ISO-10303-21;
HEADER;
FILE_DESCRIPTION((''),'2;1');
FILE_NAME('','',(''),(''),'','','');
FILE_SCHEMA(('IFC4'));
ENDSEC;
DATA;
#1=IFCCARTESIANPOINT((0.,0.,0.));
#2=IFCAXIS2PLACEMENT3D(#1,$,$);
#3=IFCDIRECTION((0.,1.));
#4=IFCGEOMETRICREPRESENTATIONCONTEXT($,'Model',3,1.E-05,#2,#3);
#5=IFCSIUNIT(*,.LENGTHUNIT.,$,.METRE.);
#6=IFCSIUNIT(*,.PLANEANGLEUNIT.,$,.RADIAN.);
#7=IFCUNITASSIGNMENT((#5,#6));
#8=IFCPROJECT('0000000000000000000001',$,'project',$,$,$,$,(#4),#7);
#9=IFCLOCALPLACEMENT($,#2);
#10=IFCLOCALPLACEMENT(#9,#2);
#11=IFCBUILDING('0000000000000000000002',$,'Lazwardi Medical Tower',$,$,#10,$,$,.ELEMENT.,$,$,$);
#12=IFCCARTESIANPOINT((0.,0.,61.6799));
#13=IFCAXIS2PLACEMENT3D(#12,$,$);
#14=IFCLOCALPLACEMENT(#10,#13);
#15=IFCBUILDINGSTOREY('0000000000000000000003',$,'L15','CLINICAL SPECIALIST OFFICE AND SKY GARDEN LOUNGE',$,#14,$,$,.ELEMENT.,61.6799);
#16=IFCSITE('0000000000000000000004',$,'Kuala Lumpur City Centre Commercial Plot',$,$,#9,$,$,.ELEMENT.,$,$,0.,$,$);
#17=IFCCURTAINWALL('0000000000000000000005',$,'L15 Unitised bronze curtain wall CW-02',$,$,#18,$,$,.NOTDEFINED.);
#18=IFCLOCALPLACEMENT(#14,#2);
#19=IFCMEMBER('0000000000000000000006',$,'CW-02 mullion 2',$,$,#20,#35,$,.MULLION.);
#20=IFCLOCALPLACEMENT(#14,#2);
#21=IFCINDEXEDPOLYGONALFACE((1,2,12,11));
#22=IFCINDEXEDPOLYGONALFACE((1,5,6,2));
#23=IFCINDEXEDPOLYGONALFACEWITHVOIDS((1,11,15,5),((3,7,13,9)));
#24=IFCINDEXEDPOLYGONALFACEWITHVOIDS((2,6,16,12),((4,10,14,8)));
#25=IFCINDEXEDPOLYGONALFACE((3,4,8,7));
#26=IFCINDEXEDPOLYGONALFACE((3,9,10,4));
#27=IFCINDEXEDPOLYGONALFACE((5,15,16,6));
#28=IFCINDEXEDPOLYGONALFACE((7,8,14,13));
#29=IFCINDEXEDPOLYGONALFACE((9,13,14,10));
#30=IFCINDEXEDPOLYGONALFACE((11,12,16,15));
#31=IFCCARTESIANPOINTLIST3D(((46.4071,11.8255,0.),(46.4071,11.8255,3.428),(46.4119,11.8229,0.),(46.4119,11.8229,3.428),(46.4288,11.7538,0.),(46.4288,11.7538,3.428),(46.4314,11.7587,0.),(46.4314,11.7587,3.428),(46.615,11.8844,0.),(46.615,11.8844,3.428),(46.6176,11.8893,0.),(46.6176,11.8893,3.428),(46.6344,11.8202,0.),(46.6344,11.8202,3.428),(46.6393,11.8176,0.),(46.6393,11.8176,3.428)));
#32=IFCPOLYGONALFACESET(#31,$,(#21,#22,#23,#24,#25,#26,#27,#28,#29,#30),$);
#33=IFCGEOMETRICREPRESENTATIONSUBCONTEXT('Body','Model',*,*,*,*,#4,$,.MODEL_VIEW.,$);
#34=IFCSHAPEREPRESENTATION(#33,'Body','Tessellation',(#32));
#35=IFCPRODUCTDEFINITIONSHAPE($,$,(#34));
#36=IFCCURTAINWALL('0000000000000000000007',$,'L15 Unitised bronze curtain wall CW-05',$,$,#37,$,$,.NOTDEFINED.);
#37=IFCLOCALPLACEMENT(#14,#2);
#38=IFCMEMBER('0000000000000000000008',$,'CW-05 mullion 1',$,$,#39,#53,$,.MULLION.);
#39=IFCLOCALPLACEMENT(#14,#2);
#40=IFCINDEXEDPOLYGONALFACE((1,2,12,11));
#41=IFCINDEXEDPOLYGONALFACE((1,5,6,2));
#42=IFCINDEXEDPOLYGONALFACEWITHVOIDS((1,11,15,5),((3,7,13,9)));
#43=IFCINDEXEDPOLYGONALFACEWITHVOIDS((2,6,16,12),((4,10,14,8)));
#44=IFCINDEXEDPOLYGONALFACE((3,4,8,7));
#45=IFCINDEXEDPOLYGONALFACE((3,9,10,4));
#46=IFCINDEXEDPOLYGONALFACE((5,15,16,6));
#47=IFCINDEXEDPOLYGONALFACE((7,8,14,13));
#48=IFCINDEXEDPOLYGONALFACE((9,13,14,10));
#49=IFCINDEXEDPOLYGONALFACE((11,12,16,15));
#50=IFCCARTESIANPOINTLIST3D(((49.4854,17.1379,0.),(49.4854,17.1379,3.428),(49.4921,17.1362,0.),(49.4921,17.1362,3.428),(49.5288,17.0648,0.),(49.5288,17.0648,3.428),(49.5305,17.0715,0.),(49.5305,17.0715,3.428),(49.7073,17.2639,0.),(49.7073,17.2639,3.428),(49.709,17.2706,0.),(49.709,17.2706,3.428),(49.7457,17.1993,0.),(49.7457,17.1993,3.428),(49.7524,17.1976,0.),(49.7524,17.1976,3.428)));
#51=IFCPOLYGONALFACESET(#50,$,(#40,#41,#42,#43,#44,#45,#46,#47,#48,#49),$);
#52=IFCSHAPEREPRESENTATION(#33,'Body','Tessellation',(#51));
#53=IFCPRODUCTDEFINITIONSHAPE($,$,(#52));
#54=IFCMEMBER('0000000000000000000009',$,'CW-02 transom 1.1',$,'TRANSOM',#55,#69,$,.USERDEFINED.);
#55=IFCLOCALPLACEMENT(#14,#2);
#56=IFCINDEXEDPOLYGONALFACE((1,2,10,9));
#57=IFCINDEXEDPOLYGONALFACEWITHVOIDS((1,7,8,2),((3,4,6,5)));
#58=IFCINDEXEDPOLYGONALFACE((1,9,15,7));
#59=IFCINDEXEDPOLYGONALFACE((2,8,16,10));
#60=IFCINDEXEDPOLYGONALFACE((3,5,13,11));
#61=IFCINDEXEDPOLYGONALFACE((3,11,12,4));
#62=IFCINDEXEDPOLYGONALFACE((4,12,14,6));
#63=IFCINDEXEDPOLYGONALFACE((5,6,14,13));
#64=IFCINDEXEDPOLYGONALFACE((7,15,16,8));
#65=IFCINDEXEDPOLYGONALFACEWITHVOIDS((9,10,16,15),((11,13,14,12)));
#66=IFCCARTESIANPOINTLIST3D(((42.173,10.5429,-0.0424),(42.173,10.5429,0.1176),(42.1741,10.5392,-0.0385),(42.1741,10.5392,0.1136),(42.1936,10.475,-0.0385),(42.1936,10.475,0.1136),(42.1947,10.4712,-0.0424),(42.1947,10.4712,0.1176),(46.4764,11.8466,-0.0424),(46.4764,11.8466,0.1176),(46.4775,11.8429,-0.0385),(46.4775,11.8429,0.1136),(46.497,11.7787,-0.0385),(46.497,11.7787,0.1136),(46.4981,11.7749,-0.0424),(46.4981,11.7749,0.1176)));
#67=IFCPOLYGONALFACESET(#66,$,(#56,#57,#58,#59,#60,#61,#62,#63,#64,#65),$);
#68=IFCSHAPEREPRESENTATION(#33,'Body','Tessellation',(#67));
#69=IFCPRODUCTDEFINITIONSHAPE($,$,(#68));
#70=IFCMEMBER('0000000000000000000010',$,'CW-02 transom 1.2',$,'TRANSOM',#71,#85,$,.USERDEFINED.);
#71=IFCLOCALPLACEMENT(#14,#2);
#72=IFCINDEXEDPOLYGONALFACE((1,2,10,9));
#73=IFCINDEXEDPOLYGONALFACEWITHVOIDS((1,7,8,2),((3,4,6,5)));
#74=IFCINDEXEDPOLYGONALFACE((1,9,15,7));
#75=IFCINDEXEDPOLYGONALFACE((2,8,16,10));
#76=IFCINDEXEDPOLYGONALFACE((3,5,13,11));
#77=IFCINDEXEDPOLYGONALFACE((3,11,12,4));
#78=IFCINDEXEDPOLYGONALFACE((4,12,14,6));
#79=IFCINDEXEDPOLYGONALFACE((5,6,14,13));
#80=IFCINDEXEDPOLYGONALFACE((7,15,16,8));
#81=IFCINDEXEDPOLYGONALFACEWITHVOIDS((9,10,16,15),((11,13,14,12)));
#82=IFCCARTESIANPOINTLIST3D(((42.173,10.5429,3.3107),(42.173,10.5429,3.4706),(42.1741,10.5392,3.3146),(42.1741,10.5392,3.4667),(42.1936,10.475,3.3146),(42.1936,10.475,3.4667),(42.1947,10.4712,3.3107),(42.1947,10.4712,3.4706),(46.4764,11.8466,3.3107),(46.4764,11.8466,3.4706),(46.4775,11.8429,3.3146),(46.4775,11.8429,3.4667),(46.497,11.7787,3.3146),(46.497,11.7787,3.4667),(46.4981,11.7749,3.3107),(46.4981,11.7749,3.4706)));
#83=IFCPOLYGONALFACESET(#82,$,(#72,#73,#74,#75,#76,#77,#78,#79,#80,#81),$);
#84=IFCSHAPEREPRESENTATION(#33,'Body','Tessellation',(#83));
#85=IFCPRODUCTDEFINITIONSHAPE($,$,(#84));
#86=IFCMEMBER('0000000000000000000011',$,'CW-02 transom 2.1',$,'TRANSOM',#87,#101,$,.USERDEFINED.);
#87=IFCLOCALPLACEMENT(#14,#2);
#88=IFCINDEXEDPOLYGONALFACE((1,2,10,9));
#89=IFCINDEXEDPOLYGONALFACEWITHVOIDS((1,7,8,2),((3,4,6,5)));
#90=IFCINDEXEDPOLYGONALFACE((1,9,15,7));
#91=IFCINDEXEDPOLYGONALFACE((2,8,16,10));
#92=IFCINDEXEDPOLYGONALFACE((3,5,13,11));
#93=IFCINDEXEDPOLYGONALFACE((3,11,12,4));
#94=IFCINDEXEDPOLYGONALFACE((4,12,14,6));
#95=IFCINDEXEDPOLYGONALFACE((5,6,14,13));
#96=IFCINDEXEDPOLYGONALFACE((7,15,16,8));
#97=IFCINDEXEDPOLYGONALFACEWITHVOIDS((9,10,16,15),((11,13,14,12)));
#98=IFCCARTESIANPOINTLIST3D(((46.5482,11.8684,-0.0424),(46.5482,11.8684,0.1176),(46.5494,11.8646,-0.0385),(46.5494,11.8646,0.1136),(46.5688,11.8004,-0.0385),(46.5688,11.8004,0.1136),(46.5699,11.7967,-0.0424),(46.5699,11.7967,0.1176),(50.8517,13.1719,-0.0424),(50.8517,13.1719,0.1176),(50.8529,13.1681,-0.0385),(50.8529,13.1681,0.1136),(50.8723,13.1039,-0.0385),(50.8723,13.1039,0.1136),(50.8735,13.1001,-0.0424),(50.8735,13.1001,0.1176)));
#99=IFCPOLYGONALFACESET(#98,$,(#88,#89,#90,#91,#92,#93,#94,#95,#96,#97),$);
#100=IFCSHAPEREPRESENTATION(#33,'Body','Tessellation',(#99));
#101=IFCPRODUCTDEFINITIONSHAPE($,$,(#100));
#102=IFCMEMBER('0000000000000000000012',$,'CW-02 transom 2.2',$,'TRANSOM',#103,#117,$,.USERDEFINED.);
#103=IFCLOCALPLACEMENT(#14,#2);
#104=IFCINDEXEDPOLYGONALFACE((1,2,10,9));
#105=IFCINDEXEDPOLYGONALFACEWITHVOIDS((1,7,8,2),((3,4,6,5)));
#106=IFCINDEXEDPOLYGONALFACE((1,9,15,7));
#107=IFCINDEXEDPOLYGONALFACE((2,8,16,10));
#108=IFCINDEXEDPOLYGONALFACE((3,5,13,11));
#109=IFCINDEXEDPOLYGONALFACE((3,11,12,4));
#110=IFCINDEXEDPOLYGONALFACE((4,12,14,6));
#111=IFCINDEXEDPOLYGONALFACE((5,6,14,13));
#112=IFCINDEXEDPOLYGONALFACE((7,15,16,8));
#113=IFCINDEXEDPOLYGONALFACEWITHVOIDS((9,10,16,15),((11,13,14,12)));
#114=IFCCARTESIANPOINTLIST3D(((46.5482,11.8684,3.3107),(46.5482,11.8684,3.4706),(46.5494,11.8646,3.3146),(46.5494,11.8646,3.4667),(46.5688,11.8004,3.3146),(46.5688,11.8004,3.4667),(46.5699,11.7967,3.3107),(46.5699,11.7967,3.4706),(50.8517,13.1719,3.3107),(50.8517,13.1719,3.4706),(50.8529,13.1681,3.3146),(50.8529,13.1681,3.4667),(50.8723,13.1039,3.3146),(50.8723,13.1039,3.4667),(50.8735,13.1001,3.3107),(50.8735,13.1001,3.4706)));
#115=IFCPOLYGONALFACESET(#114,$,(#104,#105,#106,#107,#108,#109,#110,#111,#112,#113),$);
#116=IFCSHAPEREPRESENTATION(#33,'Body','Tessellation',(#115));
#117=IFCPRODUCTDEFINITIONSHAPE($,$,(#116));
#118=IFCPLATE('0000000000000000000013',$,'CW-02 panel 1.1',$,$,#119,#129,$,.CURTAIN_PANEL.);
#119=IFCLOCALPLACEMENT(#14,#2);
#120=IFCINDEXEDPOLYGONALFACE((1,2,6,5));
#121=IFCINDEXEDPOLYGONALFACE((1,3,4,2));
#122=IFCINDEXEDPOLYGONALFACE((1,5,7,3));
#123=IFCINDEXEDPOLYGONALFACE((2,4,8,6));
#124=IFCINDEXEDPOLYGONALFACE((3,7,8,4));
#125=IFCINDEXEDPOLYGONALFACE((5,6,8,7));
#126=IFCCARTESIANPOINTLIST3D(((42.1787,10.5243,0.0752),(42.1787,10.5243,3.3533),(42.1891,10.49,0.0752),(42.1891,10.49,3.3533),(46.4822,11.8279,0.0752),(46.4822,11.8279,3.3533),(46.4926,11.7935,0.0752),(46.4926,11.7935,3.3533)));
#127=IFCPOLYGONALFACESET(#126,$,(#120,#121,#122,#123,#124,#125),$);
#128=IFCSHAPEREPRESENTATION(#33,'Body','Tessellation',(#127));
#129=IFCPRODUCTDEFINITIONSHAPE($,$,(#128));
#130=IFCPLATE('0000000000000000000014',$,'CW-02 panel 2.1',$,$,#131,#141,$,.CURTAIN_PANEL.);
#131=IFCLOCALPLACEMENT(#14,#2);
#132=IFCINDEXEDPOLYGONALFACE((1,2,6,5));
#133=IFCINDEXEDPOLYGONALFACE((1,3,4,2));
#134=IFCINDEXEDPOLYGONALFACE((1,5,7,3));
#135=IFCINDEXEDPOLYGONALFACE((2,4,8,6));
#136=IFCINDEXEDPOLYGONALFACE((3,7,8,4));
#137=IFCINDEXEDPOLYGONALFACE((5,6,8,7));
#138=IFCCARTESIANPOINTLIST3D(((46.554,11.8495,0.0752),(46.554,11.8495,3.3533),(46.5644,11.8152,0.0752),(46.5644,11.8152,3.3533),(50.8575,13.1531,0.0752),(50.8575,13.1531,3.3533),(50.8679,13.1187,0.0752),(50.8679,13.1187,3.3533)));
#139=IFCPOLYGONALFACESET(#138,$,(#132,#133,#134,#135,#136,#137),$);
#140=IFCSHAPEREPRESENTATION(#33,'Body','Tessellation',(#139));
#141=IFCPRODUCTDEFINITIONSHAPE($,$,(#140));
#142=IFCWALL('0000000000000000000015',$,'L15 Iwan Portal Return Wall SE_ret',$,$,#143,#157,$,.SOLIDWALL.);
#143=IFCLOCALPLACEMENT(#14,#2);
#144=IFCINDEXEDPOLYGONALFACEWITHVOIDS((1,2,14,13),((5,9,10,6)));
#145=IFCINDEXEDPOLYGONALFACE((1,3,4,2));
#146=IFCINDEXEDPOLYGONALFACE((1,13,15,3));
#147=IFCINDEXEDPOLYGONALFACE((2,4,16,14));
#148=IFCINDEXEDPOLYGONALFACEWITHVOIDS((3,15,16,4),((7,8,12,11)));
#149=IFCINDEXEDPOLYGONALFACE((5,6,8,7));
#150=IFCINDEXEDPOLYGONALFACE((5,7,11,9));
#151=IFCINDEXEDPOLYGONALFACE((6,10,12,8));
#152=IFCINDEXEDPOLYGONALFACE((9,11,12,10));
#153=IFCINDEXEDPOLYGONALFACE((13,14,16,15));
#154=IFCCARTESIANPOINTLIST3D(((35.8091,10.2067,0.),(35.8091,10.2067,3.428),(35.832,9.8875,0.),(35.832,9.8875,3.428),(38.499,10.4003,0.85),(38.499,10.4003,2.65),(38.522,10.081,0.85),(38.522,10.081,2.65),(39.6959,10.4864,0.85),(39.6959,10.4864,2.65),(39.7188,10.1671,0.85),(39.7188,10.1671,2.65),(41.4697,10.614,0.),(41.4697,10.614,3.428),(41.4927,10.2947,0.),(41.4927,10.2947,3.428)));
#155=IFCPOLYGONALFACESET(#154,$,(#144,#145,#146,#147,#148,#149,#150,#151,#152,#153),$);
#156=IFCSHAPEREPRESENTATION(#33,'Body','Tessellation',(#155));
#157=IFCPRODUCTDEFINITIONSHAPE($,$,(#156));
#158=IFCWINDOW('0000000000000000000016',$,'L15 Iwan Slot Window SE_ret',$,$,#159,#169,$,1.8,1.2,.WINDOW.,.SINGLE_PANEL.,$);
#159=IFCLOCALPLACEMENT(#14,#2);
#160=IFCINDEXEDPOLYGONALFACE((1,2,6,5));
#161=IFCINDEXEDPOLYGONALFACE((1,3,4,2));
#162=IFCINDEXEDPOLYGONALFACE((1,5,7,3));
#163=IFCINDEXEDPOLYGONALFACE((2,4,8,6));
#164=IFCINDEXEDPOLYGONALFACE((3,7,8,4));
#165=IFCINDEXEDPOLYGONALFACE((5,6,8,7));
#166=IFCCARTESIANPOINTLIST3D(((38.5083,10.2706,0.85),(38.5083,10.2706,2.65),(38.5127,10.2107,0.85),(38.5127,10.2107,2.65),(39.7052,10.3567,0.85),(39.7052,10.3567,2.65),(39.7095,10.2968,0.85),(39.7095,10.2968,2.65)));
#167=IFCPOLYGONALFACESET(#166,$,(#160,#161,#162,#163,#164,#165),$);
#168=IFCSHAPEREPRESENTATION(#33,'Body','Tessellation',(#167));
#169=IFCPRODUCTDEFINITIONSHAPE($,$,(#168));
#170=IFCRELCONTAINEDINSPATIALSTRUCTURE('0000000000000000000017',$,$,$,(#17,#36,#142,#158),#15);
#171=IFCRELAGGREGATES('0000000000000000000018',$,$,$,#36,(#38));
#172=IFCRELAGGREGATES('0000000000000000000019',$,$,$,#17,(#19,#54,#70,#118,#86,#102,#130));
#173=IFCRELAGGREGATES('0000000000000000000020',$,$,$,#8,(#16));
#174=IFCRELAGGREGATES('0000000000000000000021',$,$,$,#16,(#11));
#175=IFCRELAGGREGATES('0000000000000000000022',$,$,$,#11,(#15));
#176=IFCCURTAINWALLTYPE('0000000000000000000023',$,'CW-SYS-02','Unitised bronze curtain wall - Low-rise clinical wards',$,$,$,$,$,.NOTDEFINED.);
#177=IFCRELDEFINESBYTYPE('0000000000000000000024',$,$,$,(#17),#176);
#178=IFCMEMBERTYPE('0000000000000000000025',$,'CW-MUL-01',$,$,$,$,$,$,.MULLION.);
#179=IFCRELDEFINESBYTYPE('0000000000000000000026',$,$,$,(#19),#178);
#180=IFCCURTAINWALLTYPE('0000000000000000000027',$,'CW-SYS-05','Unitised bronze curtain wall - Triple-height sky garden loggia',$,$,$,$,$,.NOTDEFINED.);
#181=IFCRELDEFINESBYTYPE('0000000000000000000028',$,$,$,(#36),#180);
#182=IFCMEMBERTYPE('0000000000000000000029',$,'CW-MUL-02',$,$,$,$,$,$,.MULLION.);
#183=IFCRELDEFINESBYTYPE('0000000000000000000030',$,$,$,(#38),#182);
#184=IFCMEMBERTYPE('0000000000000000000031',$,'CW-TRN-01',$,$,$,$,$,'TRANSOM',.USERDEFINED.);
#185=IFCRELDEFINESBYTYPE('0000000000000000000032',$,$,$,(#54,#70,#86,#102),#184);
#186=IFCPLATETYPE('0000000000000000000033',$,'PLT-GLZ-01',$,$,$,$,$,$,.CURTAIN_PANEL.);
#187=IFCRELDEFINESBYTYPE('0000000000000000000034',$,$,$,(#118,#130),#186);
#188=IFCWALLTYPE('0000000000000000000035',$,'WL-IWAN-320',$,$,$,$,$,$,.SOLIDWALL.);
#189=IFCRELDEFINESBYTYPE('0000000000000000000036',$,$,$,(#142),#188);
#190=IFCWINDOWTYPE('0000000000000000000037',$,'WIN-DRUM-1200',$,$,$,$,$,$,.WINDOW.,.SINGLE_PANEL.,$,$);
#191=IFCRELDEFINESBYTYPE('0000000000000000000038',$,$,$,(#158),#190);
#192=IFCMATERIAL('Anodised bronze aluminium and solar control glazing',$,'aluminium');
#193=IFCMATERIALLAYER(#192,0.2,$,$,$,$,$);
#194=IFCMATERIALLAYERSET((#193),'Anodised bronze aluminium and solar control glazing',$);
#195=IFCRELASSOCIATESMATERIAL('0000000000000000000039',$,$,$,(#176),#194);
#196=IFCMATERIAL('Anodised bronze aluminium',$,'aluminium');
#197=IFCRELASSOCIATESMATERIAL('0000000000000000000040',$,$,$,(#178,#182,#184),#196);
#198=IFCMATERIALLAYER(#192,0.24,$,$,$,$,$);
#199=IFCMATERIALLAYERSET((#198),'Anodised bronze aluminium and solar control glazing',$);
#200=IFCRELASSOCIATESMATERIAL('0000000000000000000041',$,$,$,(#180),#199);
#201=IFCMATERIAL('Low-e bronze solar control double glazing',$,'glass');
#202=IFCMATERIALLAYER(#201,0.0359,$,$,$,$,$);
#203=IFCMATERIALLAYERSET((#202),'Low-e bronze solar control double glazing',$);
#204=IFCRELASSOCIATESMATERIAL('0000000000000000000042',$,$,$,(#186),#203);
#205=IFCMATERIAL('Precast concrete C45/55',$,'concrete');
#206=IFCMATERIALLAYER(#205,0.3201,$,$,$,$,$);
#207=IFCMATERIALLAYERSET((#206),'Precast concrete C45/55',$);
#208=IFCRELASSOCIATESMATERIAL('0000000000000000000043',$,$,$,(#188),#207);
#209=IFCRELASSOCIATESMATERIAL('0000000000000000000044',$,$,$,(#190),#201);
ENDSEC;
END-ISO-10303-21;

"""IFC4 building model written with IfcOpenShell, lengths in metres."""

from ifc_helpers import new_model, si_unit, direction, frame, frame_2d, origin, origin_2d, place, context, subcontext, project, spatial, rectangle, hollow_rectangle, extrude, material, layer, layer_set, material_profile, profile_set, type_object, element, fill, aggregate, save


model = new_model("IFC4")

# Units and contexts
model_context = context("Model", 3, precision=1e-05, world=origin(), true_north=direction((0.0, 1.0)))
body_context = subcontext(model_context, "Body", "Model", "MODEL_VIEW")
ifc_project = project(units=[si_unit("LENGTHUNIT", "METRE"), si_unit("PLANEANGLEUNIT", "RADIAN")], contexts=[model_context])

# Site, building, storey
site_placement = place(None, origin())
site = spatial("IfcSite", under=ifc_project, at=site_placement, Name="Kuala Lumpur City Centre Commercial Plot", CompositionType="ELEMENT", RefElevation=0.0)
building_placement = place(site_placement, origin())
building = spatial("IfcBuilding", under=site, at=building_placement, Name="Lazwardi Medical Tower", CompositionType="ELEMENT")
storey_placement = place(building_placement, frame((0.0, 0.0, 61.6799)))
storey = spatial("IfcBuildingStorey", under=building, at=storey_placement, Name="L15", Description="CLINICAL SPECIALIST OFFICE AND SKY GARDEN LOUNGE", CompositionType="ELEMENT", Elevation=61.6799)

# Curtain wall, member
ifc_material_1 = material(Name="Anodised bronze aluminium and solar control glazing", Category="aluminium")
ifc_layer_1 = layer(ifc_material_1, 0.2)
ifc_layer_set_1 = layer_set([ifc_layer_1], Name="Anodised bronze aluminium and solar control glazing")
curtain_wall_type_1 = type_object("IfcCurtainWallType", Name="CW-SYS-02", Description="Unitised bronze curtain wall - Low-rise clinical wards", PredefinedType="NOTDEFINED", material=ifc_layer_set_1)
curtain_wall_1_placement = place(storey_placement, origin())
curtain_wall_1 = element("IfcCurtainWall", 1, at=curtain_wall_1_placement, inside=storey, type_object=curtain_wall_type_1, Name="L15 Unitised bronze curtain wall CW-02", PredefinedType="NOTDEFINED")
ifc_material_2 = material(Name="Anodised bronze aluminium", Category="aluminium")
ifc_material_profile_1 = material_profile(ifc_material_2, hollow_rectangle(XDim=0.075, YDim=0.22, WallThickness=0.0039, at=origin_2d()), Name="ALU-MULLION 220x75x4")
ifc_profile_set_1 = profile_set([ifc_material_profile_1], Name="Anodised bronze aluminium")
member_type_1 = type_object("IfcMemberType", Name="CW-MUL-01", PredefinedType="MULLION", material=ifc_profile_set_1)
member_1_placement = place(storey_placement, frame((46.5232, 11.8215, 0.0), z_axis=(0.0, 0.0, 1.0), x_axis=(-0.289896, 0.957058, 0.0)))
member_1 = element("IfcMember", 2, at=member_1_placement, type_object=member_type_1, Name="CW-02 mullion 2", PredefinedType="MULLION", context=body_context, shape_type="SweptSolid", body=[
    extrude(hollow_rectangle(XDim=0.075, YDim=0.22, WallThickness=0.0039, at=origin_2d()), origin(), (0.0, 0.0, 1.0), 3.428),
])

# Curtain wall, member
ifc_layer_2 = layer(ifc_material_1, 0.24)
ifc_layer_set_2 = layer_set([ifc_layer_2], Name="Anodised bronze aluminium and solar control glazing")
curtain_wall_type_2 = type_object("IfcCurtainWallType", Name="CW-SYS-05", Description="Unitised bronze curtain wall - Triple-height sky garden loggia", PredefinedType="NOTDEFINED", material=ifc_layer_set_2)
curtain_wall_2_placement = place(storey_placement, origin())
curtain_wall_2 = element("IfcCurtainWall", 3, at=curtain_wall_2_placement, inside=storey, type_object=curtain_wall_type_2, Name="L15 Unitised bronze curtain wall CW-05", PredefinedType="NOTDEFINED")
ifc_material_profile_2 = material_profile(ifc_material_2, hollow_rectangle(XDim=0.085, YDim=0.26, WallThickness=0.0049, at=origin_2d()), Name="ALU-MULLION 260x85x5")
ifc_profile_set_2 = profile_set([ifc_material_profile_2], Name="Anodised bronze aluminium")
member_type_2 = type_object("IfcMemberType", Name="CW-MUL-02", PredefinedType="MULLION", material=ifc_profile_set_2)
member_2_placement = place(storey_placement, frame((49.6189, 17.1677, 0.0), z_axis=(0.0, 0.0, 1.0), x_axis=(-0.51068, 0.859771, 0.0)))
member_2 = element("IfcMember", 4, at=member_2_placement, type_object=member_type_2, Name="CW-05 mullion 1", PredefinedType="MULLION", context=body_context, shape_type="SweptSolid", body=[
    extrude(hollow_rectangle(XDim=0.085, YDim=0.26, WallThickness=0.0049, at=origin_2d()), origin(), (0.0, 0.0, 1.0), 3.428),
])
aggregate(curtain_wall_2, [member_2])

# Members
ifc_material_profile_3 = material_profile(ifc_material_2, hollow_rectangle(XDim=0.075, YDim=0.1599, WallThickness=0.0039, at=origin_2d()), Name="ALU-TRANSOM 160x75x4")
ifc_profile_set_3 = profile_set([ifc_material_profile_3], Name="Anodised bronze aluminium")
member_type_3 = type_object("IfcMemberType", Name="CW-TRN-01", ElementType="TRANSOM", PredefinedType="USERDEFINED", material=ifc_profile_set_3)
member_3_placement = place(storey_placement, frame((42.1838, 10.5071, 0.0376), z_axis=(0.957047, 0.289932, 0.0), x_axis=(-0.289932, 0.957047, 0.0)))
member_3 = element("IfcMember", 5, at=member_3_placement, type_object=member_type_3, Name="CW-02 transom 1.1", ObjectType="TRANSOM", PredefinedType="USERDEFINED", context=body_context, shape_type="SweptSolid", body=[
    extrude(hollow_rectangle(XDim=0.075, YDim=0.1599, WallThickness=0.0039, at=origin_2d()), origin(), (0.0, 0.0, 1.0), 4.4966),
])
member_4_placement = place(storey_placement, frame((42.1838, 10.5071, 3.3906), z_axis=(0.957047, 0.289932, 0.0), x_axis=(-0.289932, 0.957047, 0.0)))
member_4 = element("IfcMember", 6, at=member_4_placement, type_object=member_type_3, Name="CW-02 transom 1.2", ObjectType="TRANSOM", PredefinedType="USERDEFINED", context=body_context, shape_type="SweptSolid", body=[
    extrude(hollow_rectangle(XDim=0.075, YDim=0.1599, WallThickness=0.0039, at=origin_2d()), origin(), (0.0, 0.0, 1.0), 4.4966),
])
member_5_placement = place(storey_placement, frame((46.5591, 11.8325, 0.0376), z_axis=(0.957062, 0.289882, 0.0), x_axis=(-0.289882, 0.957062, 0.0)))
member_5 = element("IfcMember", 7, at=member_5_placement, type_object=member_type_3, Name="CW-02 transom 2.1", ObjectType="TRANSOM", PredefinedType="USERDEFINED", context=body_context, shape_type="SweptSolid", body=[
    extrude(hollow_rectangle(XDim=0.075, YDim=0.1599, WallThickness=0.0039, at=origin_2d()), origin(), (0.0, 0.0, 1.0), 4.4966),
])
member_6_placement = place(storey_placement, frame((46.5591, 11.8325, 3.3906), z_axis=(0.957062, 0.289882, 0.0), x_axis=(-0.289882, 0.957062, 0.0)))
member_6 = element("IfcMember", 8, at=member_6_placement, type_object=member_type_3, Name="CW-02 transom 2.2", ObjectType="TRANSOM", PredefinedType="USERDEFINED", context=body_context, shape_type="SweptSolid", body=[
    extrude(hollow_rectangle(XDim=0.075, YDim=0.1599, WallThickness=0.0039, at=origin_2d()), origin(), (0.0, 0.0, 1.0), 4.4966),
])

# Plates
ifc_material_3 = material(Name="Low-e bronze solar control double glazing", Category="glass")
ifc_layer_3 = layer(ifc_material_3, 0.0359)
ifc_layer_set_3 = layer_set([ifc_layer_3], Name="Low-e bronze solar control double glazing")
plate_type = type_object("IfcPlateType", Name="PLT-GLZ-01", PredefinedType="CURTAIN_PANEL", material=ifc_layer_set_3)
plate_1_placement = place(storey_placement, frame((44.3357, 11.1589, 0.0752), z_axis=(0.0, 0.0, 1.0), x_axis=(0.957058, 0.289896, 0.0)))
plate_1 = element("IfcPlate", 9, at=plate_1_placement, type_object=plate_type, Name="CW-02 panel 1.1", PredefinedType="CURTAIN_PANEL", context=body_context, shape_type="SweptSolid", body=[
    extrude(rectangle(XDim=4.4966, YDim=0.0359, at=origin_2d()), origin(), (0.0, 0.0, 1.0), 3.2781),
])
plate_2_placement = place(storey_placement, frame((48.7109, 12.4841, 0.0752), z_axis=(0.0, 0.0, 1.0), x_axis=(0.957058, 0.289896, 0.0)))
plate_2 = element("IfcPlate", 10, at=plate_2_placement, type_object=plate_type, Name="CW-02 panel 2.1", PredefinedType="CURTAIN_PANEL", context=body_context, shape_type="SweptSolid", body=[
    extrude(rectangle(XDim=4.4966, YDim=0.0359, at=origin_2d()), origin(), (0.0, 0.0, 1.0), 3.2781),
])
aggregate(curtain_wall_1, [member_1, member_3, member_4, plate_1, member_5, member_6, plate_2])

# Wall, opening, window
ifc_material_4 = material(Name="Precast concrete C45/55", Category="concrete")
ifc_layer_4 = layer(ifc_material_4, 0.3201)
ifc_layer_set_4 = layer_set([ifc_layer_4], Name="Precast concrete C45/55")
wall_type_1 = type_object("IfcWallType", Name="WL-IWAN-320", PredefinedType="SOLIDWALL", material=ifc_layer_set_4)
wall_1_placement = place(storey_placement, frame((35.8206, 10.0471, 0.0), z_axis=(0.0, 0.0, 1.0), x_axis=(0.997422, 0.071755, 0.0)))
wall_1 = element("IfcWall", 11, at=wall_1_placement, inside=storey, type_object=wall_type_1, Name="L15 Iwan Portal Return Wall SE_ret", PredefinedType="SOLIDWALL", context=body_context, shape_type="SweptSolid", body=[
    extrude(rectangle(XDim=5.6753, YDim=0.3201, at=frame_2d((2.8376, 0.0))), origin(), (0.0, 0.0, 1.0), 3.428),
])
opening_1_placement = place(wall_1_placement, frame((2.6968, 0.0, 0.8501)))
opening_1 = element("IfcOpeningElement", 12, at=opening_1_placement, cuts=wall_1, PredefinedType="OPENING", context=body_context, shape_type="SweptSolid", body=[
    extrude(rectangle(XDim=1.2, YDim=1.8, at=frame_2d((0.6001, 0.8999))), frame((0.0, 0.1699, 0.0), z_axis=(0.0, -1.0, 0.0), x_axis=(1.0, 0.0, 0.0)), (0.0, 0.0, 1.0), 0.3401),
])
window_type_1 = type_object("IfcWindowType", Name="WIN-DRUM-1200", PartitioningType="SINGLE_PANEL", PredefinedType="WINDOW", material=ifc_material_3)
window_1_placement = place(opening_1_placement, origin())
window_1 = element("IfcWindow", 13, at=window_1_placement, inside=storey, type_object=window_type_1, Name="L15 Iwan Slot Window SE_ret", OverallHeight=1.8, OverallWidth=1.2, PartitioningType="SINGLE_PANEL", PredefinedType="WINDOW", context=body_context, shape_type="SweptSolid", body=[
    extrude(rectangle(XDim=1.2, YDim=1.8, at=frame_2d((0.6001, 0.8999))), frame((0.0, 0.03, 0.0), z_axis=(0.0, -1.0, 0.0), x_axis=(1.0, 0.0, 0.0)), (0.0, 0.0, 1.0), 0.0601),
])
fill(opening_1, window_1)

save(model, "model.ifc")
